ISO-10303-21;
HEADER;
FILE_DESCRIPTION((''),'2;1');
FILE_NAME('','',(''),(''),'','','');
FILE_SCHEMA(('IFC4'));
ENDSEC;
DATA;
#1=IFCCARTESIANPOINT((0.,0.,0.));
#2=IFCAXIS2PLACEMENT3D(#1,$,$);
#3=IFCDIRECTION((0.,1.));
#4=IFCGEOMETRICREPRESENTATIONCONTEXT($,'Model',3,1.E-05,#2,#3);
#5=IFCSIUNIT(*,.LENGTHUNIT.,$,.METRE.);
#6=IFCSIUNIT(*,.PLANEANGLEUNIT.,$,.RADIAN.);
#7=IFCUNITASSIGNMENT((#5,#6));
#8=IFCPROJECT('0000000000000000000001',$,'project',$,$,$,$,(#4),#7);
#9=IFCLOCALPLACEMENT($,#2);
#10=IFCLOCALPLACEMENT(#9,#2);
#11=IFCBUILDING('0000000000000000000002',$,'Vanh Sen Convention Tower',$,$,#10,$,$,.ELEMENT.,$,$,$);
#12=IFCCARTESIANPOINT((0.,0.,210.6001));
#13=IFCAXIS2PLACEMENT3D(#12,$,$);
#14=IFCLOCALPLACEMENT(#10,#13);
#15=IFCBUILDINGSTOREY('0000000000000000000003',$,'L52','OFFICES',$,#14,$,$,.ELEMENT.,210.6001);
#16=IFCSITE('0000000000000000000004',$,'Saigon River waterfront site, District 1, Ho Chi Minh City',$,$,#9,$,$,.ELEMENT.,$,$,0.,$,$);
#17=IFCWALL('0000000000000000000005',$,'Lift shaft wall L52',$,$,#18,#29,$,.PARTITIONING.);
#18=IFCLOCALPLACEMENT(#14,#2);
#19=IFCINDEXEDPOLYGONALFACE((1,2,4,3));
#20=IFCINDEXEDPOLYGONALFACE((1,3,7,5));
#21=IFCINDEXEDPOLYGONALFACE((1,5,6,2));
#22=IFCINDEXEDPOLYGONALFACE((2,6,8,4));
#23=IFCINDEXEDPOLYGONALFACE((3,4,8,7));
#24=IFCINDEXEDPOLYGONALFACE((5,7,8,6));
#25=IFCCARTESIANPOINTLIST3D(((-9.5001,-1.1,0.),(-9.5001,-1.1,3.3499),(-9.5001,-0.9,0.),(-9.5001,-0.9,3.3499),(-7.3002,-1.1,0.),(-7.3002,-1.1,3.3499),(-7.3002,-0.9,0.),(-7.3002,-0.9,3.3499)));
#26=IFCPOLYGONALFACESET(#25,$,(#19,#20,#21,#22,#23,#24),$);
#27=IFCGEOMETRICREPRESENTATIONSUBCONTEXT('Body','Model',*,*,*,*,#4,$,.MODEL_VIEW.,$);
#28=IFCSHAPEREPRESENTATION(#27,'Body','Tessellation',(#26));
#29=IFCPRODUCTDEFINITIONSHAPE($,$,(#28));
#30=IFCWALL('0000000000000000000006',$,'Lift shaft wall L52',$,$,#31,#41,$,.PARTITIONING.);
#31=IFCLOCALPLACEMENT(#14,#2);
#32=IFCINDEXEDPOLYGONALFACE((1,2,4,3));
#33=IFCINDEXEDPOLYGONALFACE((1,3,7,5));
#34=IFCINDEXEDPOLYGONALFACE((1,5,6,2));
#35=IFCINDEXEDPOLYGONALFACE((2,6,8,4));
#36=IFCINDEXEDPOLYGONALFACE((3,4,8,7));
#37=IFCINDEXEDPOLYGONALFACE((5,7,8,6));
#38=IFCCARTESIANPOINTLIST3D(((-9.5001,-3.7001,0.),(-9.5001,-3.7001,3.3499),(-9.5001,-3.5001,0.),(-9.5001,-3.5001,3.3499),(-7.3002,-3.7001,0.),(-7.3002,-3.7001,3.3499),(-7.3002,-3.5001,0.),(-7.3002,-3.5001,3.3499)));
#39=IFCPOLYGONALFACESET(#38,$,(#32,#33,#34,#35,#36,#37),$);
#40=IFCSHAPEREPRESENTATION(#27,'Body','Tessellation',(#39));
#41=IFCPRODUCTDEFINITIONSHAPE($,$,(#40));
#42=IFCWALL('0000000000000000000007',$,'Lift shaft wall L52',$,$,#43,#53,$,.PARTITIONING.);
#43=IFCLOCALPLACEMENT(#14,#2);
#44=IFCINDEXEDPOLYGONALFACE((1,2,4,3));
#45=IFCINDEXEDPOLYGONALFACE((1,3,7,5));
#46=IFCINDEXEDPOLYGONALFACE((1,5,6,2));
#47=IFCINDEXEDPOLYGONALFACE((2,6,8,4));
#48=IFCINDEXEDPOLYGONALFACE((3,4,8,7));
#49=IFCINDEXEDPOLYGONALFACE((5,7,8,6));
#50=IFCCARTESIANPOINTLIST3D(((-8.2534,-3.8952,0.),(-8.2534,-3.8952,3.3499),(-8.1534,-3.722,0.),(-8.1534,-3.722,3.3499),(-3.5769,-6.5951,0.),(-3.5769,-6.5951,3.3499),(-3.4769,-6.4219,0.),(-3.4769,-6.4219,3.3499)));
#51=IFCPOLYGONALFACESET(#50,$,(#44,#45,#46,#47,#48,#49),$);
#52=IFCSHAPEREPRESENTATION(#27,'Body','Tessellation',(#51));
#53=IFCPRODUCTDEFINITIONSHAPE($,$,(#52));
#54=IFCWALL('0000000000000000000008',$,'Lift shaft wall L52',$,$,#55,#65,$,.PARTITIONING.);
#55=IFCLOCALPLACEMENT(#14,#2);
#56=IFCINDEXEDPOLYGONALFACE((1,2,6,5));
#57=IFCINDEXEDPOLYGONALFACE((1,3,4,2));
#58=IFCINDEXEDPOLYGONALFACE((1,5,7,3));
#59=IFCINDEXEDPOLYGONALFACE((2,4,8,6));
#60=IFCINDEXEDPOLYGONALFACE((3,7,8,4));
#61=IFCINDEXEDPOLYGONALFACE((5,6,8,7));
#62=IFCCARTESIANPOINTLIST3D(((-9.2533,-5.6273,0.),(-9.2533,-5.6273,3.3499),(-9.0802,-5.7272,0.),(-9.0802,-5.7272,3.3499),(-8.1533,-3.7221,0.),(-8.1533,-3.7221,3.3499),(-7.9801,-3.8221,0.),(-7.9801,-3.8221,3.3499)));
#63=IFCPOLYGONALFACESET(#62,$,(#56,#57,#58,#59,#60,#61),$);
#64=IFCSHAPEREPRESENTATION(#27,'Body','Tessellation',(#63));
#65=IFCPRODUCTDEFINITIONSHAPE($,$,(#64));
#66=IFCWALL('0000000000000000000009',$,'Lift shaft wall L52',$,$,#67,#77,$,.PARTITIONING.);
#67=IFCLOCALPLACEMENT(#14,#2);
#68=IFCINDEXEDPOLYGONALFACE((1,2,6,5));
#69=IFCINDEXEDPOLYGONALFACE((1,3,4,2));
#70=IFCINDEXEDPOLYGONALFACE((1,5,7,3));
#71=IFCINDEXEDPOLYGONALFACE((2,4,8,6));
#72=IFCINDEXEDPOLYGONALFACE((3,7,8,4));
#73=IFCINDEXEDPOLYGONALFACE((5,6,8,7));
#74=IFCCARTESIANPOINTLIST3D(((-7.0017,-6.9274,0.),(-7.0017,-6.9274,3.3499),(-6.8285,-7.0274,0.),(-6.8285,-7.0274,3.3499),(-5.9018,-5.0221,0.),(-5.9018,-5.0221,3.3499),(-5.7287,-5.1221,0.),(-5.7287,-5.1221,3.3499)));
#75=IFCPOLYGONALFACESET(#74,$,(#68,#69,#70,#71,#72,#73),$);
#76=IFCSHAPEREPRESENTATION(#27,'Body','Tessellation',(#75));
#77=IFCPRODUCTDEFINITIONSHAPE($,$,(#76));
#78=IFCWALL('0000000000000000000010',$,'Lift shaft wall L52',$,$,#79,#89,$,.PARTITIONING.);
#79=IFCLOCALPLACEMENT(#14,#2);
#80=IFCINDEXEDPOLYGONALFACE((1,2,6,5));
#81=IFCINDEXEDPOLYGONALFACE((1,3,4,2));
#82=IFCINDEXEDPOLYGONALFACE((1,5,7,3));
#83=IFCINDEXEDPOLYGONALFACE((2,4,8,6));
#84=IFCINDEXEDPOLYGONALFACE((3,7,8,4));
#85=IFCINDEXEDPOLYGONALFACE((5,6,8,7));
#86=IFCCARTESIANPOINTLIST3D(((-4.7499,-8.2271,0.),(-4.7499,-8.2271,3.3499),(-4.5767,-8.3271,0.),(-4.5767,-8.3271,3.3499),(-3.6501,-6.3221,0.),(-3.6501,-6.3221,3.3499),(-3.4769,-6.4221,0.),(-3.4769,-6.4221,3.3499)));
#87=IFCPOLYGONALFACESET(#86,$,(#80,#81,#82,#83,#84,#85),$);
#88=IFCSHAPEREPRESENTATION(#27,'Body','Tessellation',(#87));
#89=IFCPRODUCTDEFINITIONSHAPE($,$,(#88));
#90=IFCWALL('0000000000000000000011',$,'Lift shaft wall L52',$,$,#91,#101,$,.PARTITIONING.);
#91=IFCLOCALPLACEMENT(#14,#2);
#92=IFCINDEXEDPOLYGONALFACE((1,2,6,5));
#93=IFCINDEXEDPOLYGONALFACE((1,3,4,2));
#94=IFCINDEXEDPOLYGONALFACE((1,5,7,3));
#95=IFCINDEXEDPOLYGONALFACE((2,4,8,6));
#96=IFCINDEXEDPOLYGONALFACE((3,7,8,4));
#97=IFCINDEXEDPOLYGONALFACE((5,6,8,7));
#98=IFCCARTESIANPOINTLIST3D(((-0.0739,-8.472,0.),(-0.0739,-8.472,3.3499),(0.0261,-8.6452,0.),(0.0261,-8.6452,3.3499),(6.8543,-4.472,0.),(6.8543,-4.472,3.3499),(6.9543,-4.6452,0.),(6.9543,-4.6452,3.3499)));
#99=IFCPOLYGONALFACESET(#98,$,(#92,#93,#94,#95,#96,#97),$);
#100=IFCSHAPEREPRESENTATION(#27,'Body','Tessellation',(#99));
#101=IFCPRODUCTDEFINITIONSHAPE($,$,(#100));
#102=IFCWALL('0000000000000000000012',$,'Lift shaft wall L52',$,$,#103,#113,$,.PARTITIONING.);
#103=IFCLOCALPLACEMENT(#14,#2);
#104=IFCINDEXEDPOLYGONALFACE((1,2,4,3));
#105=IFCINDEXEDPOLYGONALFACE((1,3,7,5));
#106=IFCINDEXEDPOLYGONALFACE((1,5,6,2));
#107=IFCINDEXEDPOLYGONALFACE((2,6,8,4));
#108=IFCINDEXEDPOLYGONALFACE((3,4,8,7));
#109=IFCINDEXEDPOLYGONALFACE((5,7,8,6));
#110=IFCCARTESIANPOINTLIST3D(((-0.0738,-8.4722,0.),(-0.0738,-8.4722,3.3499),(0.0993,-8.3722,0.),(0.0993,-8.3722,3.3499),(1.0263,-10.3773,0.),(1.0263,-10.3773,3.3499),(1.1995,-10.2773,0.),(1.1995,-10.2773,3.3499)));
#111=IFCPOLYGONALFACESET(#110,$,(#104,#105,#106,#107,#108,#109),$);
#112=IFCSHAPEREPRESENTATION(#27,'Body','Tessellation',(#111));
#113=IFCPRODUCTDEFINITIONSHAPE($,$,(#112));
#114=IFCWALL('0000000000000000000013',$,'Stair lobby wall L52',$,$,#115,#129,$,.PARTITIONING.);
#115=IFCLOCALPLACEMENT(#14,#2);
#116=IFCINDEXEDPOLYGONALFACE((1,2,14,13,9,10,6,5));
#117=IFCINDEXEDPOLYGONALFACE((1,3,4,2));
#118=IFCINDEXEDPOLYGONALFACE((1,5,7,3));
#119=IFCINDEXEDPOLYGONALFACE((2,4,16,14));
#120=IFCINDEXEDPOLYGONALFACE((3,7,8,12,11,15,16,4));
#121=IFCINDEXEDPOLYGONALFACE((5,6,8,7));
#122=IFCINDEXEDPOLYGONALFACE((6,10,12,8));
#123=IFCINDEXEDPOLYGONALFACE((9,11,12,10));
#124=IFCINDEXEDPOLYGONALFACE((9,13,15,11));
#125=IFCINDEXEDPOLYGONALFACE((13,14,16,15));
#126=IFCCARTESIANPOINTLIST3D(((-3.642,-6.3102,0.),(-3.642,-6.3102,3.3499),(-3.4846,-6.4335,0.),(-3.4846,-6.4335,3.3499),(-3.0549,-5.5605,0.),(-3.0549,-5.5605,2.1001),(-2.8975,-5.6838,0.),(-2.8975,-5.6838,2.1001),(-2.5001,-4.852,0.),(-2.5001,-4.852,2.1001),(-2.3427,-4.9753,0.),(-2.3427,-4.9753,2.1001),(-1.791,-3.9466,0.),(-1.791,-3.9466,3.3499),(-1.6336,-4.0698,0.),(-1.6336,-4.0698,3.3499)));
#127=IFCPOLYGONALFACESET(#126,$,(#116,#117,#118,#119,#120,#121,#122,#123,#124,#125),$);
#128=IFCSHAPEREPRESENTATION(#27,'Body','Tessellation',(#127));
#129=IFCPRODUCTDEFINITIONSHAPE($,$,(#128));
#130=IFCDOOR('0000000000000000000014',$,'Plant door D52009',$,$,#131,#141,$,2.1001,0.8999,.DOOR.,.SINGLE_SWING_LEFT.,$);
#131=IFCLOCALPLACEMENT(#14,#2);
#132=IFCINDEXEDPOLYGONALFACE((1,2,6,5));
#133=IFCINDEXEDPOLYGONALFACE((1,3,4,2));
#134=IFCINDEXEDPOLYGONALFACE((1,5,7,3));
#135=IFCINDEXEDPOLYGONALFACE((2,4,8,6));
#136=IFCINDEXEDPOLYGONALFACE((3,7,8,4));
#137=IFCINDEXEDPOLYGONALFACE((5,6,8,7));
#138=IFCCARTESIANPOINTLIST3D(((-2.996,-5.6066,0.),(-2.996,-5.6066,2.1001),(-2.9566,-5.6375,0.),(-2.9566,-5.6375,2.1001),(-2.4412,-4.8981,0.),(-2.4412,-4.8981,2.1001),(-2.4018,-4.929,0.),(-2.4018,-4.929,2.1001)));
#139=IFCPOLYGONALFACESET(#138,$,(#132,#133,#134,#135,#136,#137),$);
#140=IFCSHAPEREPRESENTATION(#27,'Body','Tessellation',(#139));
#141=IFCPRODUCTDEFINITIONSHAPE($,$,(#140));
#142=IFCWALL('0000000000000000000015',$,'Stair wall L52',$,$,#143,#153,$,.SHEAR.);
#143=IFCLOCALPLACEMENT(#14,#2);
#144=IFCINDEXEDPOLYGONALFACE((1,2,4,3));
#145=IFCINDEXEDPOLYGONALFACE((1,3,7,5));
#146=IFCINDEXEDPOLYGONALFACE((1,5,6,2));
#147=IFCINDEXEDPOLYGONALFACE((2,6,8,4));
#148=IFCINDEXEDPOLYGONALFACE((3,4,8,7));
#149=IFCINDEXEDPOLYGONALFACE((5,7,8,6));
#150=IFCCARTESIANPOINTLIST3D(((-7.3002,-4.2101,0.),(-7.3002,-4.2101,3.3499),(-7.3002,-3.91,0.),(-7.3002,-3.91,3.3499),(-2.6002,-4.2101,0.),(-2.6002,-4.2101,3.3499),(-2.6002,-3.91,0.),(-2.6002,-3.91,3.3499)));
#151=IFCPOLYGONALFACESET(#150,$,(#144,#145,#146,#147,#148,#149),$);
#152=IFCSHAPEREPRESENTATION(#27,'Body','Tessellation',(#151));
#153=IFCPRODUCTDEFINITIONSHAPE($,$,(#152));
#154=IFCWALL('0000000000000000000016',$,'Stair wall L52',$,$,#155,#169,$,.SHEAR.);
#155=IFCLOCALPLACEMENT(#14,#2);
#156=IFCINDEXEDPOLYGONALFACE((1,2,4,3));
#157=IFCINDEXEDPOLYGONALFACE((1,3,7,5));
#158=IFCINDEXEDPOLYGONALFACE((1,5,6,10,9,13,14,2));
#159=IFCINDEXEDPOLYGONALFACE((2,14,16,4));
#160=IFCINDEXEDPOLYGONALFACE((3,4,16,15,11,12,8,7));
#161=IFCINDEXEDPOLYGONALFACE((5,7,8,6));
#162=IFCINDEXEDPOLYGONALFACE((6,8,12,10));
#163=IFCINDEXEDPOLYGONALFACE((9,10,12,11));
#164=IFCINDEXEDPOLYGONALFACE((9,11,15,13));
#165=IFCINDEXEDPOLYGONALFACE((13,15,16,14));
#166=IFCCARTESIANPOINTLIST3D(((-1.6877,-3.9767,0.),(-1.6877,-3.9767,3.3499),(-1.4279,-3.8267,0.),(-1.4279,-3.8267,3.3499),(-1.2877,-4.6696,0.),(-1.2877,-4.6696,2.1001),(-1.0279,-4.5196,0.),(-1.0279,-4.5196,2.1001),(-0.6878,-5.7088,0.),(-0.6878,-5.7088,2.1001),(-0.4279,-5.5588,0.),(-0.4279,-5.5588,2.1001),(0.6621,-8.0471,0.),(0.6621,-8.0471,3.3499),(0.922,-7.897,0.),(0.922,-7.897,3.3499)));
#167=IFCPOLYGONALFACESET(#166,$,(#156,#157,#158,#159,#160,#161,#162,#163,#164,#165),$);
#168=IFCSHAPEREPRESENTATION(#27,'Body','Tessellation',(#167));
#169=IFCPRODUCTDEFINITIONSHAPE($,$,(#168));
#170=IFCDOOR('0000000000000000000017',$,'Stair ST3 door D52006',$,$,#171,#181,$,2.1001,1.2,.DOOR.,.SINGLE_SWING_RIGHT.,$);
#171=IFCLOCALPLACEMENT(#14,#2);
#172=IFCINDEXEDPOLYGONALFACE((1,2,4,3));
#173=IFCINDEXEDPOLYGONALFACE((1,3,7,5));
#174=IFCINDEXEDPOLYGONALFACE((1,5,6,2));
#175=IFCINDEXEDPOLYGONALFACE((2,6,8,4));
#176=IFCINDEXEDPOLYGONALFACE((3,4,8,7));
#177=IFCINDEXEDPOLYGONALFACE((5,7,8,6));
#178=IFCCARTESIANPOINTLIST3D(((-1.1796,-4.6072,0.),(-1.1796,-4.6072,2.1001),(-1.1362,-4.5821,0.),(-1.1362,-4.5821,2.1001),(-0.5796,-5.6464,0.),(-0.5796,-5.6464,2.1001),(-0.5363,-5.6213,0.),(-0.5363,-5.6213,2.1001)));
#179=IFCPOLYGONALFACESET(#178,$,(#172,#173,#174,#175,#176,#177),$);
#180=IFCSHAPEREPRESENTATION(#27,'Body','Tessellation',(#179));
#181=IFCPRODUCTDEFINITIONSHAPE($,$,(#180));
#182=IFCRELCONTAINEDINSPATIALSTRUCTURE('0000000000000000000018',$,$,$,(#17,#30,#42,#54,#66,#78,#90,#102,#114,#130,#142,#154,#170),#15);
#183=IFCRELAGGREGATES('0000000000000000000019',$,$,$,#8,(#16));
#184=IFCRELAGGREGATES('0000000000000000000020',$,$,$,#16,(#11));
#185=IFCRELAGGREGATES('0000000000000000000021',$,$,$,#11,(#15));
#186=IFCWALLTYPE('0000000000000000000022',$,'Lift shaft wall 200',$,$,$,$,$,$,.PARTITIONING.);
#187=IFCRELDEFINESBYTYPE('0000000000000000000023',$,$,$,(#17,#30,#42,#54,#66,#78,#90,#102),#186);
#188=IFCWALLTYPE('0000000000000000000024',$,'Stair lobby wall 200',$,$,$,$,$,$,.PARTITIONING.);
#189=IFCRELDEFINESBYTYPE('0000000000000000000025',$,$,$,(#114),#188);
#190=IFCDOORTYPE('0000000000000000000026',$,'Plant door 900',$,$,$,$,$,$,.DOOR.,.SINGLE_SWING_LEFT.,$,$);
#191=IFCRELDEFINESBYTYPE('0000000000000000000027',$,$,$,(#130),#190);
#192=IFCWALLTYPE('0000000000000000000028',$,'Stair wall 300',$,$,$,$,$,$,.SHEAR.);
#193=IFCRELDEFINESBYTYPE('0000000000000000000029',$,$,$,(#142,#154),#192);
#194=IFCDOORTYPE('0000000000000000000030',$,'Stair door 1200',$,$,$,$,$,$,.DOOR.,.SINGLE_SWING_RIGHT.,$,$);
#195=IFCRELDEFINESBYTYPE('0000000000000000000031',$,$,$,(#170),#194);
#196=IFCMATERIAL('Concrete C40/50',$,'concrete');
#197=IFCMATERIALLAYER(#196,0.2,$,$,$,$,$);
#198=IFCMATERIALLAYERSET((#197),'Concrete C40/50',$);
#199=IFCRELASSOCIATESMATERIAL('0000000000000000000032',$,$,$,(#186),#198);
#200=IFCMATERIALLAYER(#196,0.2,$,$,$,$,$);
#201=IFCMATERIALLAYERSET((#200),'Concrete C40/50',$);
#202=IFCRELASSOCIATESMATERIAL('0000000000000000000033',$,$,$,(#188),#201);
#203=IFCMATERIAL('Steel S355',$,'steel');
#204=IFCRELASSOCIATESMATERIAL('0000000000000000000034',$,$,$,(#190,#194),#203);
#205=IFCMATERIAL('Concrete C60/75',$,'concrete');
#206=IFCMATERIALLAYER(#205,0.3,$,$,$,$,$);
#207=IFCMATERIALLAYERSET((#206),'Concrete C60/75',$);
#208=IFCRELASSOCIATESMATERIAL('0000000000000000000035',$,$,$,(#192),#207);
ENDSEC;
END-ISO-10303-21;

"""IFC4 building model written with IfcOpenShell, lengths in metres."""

from ifc_helpers import new_model, si_unit, direction, frame, frame_2d, origin, place, context, subcontext, project, spatial, rectangle, extrude, material, layer, layer_set, type_object, element, fill, save


model = new_model("IFC4")

# Units and contexts
model_context = context("Model", 3, precision=1e-05, world=origin(), true_north=direction((0.0, 1.0)))
body_context = subcontext(model_context, "Body", "Model", "MODEL_VIEW")
ifc_project = project(units=[si_unit("LENGTHUNIT", "METRE"), si_unit("PLANEANGLEUNIT", "RADIAN")], contexts=[model_context])

# Site, building, storey
site_placement = place(None, origin())
site = spatial("IfcSite", under=ifc_project, at=site_placement, Name="Saigon River waterfront site, District 1, Ho Chi Minh City", CompositionType="ELEMENT", RefElevation=0.0)
building_placement = place(site_placement, origin())
building = spatial("IfcBuilding", under=site, at=building_placement, Name="Vanh Sen Convention Tower", CompositionType="ELEMENT")
storey_placement = place(building_placement, frame((0.0, 0.0, 210.6001)))
storey = spatial("IfcBuildingStorey", under=building, at=storey_placement, Name="L52", Description="OFFICES", CompositionType="ELEMENT", Elevation=210.6001)

# Shared definitions
ifc_material_1 = material(Name="Concrete C40/50", Category="concrete")

# Shared definitions
ifc_material_2 = material(Name="Concrete C60/75", Category="concrete")
ifc_material_3 = material(Name="Steel S355", Category="steel")

# Walls
ifc_layer_1 = layer(ifc_material_1, 0.2)
ifc_layer_set_1 = layer_set([ifc_layer_1], Name="Concrete C40/50")
wall_type_1 = type_object("IfcWallType", Name="Lift shaft wall 200", PredefinedType="PARTITIONING", material=ifc_layer_set_1)
for number, where, z_axis, x_axis, name in (
    (1, (-7.3, -1.0, 0.0), (0.0, 0.0, 1.0), (-1.0, 0.0, 0.0), "Lift shaft wall L52"),
    (2, (-7.3, -3.6001, 0.0), (0.0, 0.0, 1.0), (-1.0, 0.0, 0.0), "Lift shaft wall L52"),
):
    element("IfcWall", number, at=place(storey_placement, frame(where, z_axis=z_axis, x_axis=x_axis)), inside=storey, type_object=wall_type_1, Name=name, PredefinedType="PARTITIONING", context=body_context, shape_type="SweptSolid", body=[
        extrude(rectangle(XDim=2.2, YDim=0.2, at=frame_2d((1.1001, 0.0))), origin(), (0.0, 0.0, 1.0), 3.3499),
    ])
wall_1_placement = place(storey_placement, frame((-8.2034, -3.8086, 0.0), z_axis=(0.0, 0.0, 1.0), x_axis=(0.866028, -0.499995, 0.0)))
element("IfcWall", 3, at=wall_1_placement, inside=storey, type_object=wall_type_1, Name="Lift shaft wall L52", PredefinedType="PARTITIONING", context=body_context, shape_type="SweptSolid", body=[
    extrude(rectangle(XDim=5.3999, YDim=0.2, at=frame_2d((2.7, 0.0))), origin(), (0.0, 0.0, 1.0), 3.3499),
])
for number, where, z_axis, x_axis, name in (
    (4, (-8.0667, -3.772, 0.0), (0.0, 0.0, 1.0), (-0.50003, -0.866008, 0.0), "Lift shaft wall L52"),
    (5, (-5.8152, -5.072, 0.0), (0.0, 0.0, 1.0), (-0.499947, -0.866056, 0.0), "Lift shaft wall L52"),
):
    element("IfcWall", number, at=place(storey_placement, frame(where, z_axis=z_axis, x_axis=x_axis)), inside=storey, type_object=wall_type_1, Name=name, PredefinedType="PARTITIONING", context=body_context, shape_type="SweptSolid", body=[
        extrude(rectangle(XDim=2.2, YDim=0.2, at=frame_2d((1.1001, 0.0))), origin(), (0.0, 0.0, 1.0), 3.3499),
    ])
wall_2_placement = place(storey_placement, frame((-3.5635, -6.3721, 0.0), z_axis=(0.0, 0.0, 1.0), x_axis=(-0.499995, -0.866028, 0.0)))
element("IfcWall", 6, at=wall_2_placement, inside=storey, type_object=wall_type_1, Name="Lift shaft wall L52", PredefinedType="PARTITIONING", context=body_context, shape_type="SweptSolid", body=[
    extrude(rectangle(XDim=2.1997, YDim=0.2, at=frame_2d((1.0999, 0.0))), origin(), (0.0, 0.0, 1.0), 3.3499),
])
wall_3_placement = place(storey_placement, frame((-0.0239, -8.5586, 0.0), z_axis=(0.0, 0.0, 1.0), x_axis=(0.866026, 0.499999, 0.0)))
element("IfcWall", 7, at=wall_3_placement, inside=storey, type_object=wall_type_1, Name="Lift shaft wall L52", PredefinedType="PARTITIONING", context=body_context, shape_type="SweptSolid", body=[
    extrude(rectangle(XDim=8.0, YDim=0.2, at=frame_2d((4.0, 0.0))), origin(), (0.0, 0.0, 1.0), 3.3499),
])
wall_4_placement = place(storey_placement, frame((0.0127, -8.4221, 0.0), z_axis=(0.0, 0.0, 1.0), x_axis=(0.500078, -0.86598, 0.0)))
element("IfcWall", 8, at=wall_4_placement, inside=storey, type_object=wall_type_1, Name="Lift shaft wall L52", PredefinedType="PARTITIONING", context=body_context, shape_type="SweptSolid", body=[
    extrude(rectangle(XDim=2.2, YDim=0.2, at=frame_2d((1.1001, 0.0))), origin(), (0.0, 0.0, 1.0), 3.3499),
])

# Wall, opening, door
ifc_layer_2 = layer(ifc_material_1, 0.2)
ifc_layer_set_2 = layer_set([ifc_layer_2], Name="Concrete C40/50")
wall_type_2 = type_object("IfcWallType", Name="Stair lobby wall 200", PredefinedType="PARTITIONING", material=ifc_layer_set_2)
wall_5_placement = place(storey_placement, frame((-1.7124, -4.0083, 0.0), z_axis=(0.0, 0.0, 1.0), x_axis=(-0.616549, -0.787316, 0.0)))
wall_5 = element("IfcWall", 9, at=wall_5_placement, inside=storey, type_object=wall_type_2, Name="Stair lobby wall L52", PredefinedType="PARTITIONING", context=body_context, shape_type="SweptSolid", body=[
    extrude(rectangle(XDim=3.0022, YDim=0.2, at=frame_2d((1.501, 0.0))), origin(), (0.0, 0.0, 1.0), 3.3499),
])
opening_1_placement = place(wall_5_placement, frame((1.1499, 0.0, 0.0)))
opening_1 = element("IfcOpeningElement", 10, at=opening_1_placement, cuts=wall_5, PredefinedType="OPENING", context=body_context, shape_type="SweptSolid", body=[
    extrude(rectangle(XDim=0.8999, YDim=2.1001, at=frame_2d((0.45, 1.05))), frame((0.0, 0.1099, 0.0), z_axis=(0.0, -1.0, 0.0), x_axis=(1.0, 0.0, 0.0)), (0.0, 0.0, 1.0), 0.22),
])
door_type_1 = type_object("IfcDoorType", Name="Plant door 900", OperationType="SINGLE_SWING_LEFT", PredefinedType="DOOR", material=ifc_material_3)
door_1_placement = place(opening_1_placement, origin())
door_1 = element("IfcDoor", 11, at=door_1_placement, inside=storey, type_object=door_type_1, Name="Plant door D52009", OperationType="SINGLE_SWING_LEFT", OverallHeight=2.1001, OverallWidth=0.8999, PredefinedType="DOOR", context=body_context, shape_type="SweptSolid", body=[
    extrude(rectangle(XDim=0.8999, YDim=2.1001, at=frame_2d((0.45, 1.05))), frame((0.0, 0.0249, 0.0), z_axis=(0.0, -1.0, 0.0), x_axis=(1.0, 0.0, 0.0)), (0.0, 0.0, 1.0), 0.05),
])
fill(opening_1, door_1)

# Wall
ifc_layer_3 = layer(ifc_material_2, 0.3)
ifc_layer_set_3 = layer_set([ifc_layer_3], Name="Concrete C60/75")
wall_type_3 = type_object("IfcWallType", Name="Stair wall 300", PredefinedType="SHEAR", material=ifc_layer_set_3)
wall_6_placement = place(storey_placement, frame((-2.6001, -4.0601, 0.0), z_axis=(0.0, 0.0, 1.0), x_axis=(-1.0, 0.0, 0.0)))
element("IfcWall", 12, at=wall_6_placement, inside=storey, type_object=wall_type_3, Name="Stair wall L52", PredefinedType="SHEAR", context=body_context, shape_type="SweptSolid", body=[
    extrude(rectangle(XDim=4.7, YDim=0.3, at=frame_2d((2.3501, 0.0))), origin(), (0.0, 0.0, 1.0), 3.3499),
])

# Wall, opening, door
wall_7_placement = place(storey_placement, frame((-1.5579, -3.9016, 0.0), z_axis=(0.0, 0.0, 1.0), x_axis=(0.499977, -0.866039, 0.0)))
wall_7 = element("IfcWall", 13, at=wall_7_placement, inside=storey, type_object=wall_type_3, Name="Stair wall L52", PredefinedType="SHEAR", context=body_context, shape_type="SweptSolid", body=[
    extrude(rectangle(XDim=4.7, YDim=0.3, at=frame_2d((2.3501, 0.0))), origin(), (0.0, 0.0, 1.0), 3.3499),
])
opening_2_placement = place(wall_7_placement, frame((0.8, 0.0, 0.0)))
opening_2 = element("IfcOpeningElement", 14, at=opening_2_placement, cuts=wall_7, PredefinedType="OPENING", context=body_context, shape_type="SweptSolid", body=[
    extrude(rectangle(XDim=1.2, YDim=2.1001, at=frame_2d((0.6001, 1.05))), frame((0.0, 0.1599, 0.0), z_axis=(0.0, -1.0, 0.0), x_axis=(1.0, 0.0, 0.0)), (0.0, 0.0, 1.0), 0.3201),
])
door_type_2 = type_object("IfcDoorType", Name="Stair door 1200", OperationType="SINGLE_SWING_RIGHT", PredefinedType="DOOR", material=ifc_material_3)
door_2_placement = place(opening_2_placement, origin())
door_2 = element("IfcDoor", 15, at=door_2_placement, inside=storey, type_object=door_type_2, Name="Stair ST3 door D52006", OperationType="SINGLE_SWING_RIGHT", OverallHeight=2.1001, OverallWidth=1.2, PredefinedType="DOOR", context=body_context, shape_type="SweptSolid", body=[
    extrude(rectangle(XDim=1.2, YDim=2.1001, at=frame_2d((0.6001, 1.05))), frame((0.0, 0.0249, 0.0), z_axis=(0.0, -1.0, 0.0), x_axis=(1.0, 0.0, 0.0)), (0.0, 0.0, 1.0), 0.05),
])
fill(opening_2, door_2)

save(model, "model.ifc")
